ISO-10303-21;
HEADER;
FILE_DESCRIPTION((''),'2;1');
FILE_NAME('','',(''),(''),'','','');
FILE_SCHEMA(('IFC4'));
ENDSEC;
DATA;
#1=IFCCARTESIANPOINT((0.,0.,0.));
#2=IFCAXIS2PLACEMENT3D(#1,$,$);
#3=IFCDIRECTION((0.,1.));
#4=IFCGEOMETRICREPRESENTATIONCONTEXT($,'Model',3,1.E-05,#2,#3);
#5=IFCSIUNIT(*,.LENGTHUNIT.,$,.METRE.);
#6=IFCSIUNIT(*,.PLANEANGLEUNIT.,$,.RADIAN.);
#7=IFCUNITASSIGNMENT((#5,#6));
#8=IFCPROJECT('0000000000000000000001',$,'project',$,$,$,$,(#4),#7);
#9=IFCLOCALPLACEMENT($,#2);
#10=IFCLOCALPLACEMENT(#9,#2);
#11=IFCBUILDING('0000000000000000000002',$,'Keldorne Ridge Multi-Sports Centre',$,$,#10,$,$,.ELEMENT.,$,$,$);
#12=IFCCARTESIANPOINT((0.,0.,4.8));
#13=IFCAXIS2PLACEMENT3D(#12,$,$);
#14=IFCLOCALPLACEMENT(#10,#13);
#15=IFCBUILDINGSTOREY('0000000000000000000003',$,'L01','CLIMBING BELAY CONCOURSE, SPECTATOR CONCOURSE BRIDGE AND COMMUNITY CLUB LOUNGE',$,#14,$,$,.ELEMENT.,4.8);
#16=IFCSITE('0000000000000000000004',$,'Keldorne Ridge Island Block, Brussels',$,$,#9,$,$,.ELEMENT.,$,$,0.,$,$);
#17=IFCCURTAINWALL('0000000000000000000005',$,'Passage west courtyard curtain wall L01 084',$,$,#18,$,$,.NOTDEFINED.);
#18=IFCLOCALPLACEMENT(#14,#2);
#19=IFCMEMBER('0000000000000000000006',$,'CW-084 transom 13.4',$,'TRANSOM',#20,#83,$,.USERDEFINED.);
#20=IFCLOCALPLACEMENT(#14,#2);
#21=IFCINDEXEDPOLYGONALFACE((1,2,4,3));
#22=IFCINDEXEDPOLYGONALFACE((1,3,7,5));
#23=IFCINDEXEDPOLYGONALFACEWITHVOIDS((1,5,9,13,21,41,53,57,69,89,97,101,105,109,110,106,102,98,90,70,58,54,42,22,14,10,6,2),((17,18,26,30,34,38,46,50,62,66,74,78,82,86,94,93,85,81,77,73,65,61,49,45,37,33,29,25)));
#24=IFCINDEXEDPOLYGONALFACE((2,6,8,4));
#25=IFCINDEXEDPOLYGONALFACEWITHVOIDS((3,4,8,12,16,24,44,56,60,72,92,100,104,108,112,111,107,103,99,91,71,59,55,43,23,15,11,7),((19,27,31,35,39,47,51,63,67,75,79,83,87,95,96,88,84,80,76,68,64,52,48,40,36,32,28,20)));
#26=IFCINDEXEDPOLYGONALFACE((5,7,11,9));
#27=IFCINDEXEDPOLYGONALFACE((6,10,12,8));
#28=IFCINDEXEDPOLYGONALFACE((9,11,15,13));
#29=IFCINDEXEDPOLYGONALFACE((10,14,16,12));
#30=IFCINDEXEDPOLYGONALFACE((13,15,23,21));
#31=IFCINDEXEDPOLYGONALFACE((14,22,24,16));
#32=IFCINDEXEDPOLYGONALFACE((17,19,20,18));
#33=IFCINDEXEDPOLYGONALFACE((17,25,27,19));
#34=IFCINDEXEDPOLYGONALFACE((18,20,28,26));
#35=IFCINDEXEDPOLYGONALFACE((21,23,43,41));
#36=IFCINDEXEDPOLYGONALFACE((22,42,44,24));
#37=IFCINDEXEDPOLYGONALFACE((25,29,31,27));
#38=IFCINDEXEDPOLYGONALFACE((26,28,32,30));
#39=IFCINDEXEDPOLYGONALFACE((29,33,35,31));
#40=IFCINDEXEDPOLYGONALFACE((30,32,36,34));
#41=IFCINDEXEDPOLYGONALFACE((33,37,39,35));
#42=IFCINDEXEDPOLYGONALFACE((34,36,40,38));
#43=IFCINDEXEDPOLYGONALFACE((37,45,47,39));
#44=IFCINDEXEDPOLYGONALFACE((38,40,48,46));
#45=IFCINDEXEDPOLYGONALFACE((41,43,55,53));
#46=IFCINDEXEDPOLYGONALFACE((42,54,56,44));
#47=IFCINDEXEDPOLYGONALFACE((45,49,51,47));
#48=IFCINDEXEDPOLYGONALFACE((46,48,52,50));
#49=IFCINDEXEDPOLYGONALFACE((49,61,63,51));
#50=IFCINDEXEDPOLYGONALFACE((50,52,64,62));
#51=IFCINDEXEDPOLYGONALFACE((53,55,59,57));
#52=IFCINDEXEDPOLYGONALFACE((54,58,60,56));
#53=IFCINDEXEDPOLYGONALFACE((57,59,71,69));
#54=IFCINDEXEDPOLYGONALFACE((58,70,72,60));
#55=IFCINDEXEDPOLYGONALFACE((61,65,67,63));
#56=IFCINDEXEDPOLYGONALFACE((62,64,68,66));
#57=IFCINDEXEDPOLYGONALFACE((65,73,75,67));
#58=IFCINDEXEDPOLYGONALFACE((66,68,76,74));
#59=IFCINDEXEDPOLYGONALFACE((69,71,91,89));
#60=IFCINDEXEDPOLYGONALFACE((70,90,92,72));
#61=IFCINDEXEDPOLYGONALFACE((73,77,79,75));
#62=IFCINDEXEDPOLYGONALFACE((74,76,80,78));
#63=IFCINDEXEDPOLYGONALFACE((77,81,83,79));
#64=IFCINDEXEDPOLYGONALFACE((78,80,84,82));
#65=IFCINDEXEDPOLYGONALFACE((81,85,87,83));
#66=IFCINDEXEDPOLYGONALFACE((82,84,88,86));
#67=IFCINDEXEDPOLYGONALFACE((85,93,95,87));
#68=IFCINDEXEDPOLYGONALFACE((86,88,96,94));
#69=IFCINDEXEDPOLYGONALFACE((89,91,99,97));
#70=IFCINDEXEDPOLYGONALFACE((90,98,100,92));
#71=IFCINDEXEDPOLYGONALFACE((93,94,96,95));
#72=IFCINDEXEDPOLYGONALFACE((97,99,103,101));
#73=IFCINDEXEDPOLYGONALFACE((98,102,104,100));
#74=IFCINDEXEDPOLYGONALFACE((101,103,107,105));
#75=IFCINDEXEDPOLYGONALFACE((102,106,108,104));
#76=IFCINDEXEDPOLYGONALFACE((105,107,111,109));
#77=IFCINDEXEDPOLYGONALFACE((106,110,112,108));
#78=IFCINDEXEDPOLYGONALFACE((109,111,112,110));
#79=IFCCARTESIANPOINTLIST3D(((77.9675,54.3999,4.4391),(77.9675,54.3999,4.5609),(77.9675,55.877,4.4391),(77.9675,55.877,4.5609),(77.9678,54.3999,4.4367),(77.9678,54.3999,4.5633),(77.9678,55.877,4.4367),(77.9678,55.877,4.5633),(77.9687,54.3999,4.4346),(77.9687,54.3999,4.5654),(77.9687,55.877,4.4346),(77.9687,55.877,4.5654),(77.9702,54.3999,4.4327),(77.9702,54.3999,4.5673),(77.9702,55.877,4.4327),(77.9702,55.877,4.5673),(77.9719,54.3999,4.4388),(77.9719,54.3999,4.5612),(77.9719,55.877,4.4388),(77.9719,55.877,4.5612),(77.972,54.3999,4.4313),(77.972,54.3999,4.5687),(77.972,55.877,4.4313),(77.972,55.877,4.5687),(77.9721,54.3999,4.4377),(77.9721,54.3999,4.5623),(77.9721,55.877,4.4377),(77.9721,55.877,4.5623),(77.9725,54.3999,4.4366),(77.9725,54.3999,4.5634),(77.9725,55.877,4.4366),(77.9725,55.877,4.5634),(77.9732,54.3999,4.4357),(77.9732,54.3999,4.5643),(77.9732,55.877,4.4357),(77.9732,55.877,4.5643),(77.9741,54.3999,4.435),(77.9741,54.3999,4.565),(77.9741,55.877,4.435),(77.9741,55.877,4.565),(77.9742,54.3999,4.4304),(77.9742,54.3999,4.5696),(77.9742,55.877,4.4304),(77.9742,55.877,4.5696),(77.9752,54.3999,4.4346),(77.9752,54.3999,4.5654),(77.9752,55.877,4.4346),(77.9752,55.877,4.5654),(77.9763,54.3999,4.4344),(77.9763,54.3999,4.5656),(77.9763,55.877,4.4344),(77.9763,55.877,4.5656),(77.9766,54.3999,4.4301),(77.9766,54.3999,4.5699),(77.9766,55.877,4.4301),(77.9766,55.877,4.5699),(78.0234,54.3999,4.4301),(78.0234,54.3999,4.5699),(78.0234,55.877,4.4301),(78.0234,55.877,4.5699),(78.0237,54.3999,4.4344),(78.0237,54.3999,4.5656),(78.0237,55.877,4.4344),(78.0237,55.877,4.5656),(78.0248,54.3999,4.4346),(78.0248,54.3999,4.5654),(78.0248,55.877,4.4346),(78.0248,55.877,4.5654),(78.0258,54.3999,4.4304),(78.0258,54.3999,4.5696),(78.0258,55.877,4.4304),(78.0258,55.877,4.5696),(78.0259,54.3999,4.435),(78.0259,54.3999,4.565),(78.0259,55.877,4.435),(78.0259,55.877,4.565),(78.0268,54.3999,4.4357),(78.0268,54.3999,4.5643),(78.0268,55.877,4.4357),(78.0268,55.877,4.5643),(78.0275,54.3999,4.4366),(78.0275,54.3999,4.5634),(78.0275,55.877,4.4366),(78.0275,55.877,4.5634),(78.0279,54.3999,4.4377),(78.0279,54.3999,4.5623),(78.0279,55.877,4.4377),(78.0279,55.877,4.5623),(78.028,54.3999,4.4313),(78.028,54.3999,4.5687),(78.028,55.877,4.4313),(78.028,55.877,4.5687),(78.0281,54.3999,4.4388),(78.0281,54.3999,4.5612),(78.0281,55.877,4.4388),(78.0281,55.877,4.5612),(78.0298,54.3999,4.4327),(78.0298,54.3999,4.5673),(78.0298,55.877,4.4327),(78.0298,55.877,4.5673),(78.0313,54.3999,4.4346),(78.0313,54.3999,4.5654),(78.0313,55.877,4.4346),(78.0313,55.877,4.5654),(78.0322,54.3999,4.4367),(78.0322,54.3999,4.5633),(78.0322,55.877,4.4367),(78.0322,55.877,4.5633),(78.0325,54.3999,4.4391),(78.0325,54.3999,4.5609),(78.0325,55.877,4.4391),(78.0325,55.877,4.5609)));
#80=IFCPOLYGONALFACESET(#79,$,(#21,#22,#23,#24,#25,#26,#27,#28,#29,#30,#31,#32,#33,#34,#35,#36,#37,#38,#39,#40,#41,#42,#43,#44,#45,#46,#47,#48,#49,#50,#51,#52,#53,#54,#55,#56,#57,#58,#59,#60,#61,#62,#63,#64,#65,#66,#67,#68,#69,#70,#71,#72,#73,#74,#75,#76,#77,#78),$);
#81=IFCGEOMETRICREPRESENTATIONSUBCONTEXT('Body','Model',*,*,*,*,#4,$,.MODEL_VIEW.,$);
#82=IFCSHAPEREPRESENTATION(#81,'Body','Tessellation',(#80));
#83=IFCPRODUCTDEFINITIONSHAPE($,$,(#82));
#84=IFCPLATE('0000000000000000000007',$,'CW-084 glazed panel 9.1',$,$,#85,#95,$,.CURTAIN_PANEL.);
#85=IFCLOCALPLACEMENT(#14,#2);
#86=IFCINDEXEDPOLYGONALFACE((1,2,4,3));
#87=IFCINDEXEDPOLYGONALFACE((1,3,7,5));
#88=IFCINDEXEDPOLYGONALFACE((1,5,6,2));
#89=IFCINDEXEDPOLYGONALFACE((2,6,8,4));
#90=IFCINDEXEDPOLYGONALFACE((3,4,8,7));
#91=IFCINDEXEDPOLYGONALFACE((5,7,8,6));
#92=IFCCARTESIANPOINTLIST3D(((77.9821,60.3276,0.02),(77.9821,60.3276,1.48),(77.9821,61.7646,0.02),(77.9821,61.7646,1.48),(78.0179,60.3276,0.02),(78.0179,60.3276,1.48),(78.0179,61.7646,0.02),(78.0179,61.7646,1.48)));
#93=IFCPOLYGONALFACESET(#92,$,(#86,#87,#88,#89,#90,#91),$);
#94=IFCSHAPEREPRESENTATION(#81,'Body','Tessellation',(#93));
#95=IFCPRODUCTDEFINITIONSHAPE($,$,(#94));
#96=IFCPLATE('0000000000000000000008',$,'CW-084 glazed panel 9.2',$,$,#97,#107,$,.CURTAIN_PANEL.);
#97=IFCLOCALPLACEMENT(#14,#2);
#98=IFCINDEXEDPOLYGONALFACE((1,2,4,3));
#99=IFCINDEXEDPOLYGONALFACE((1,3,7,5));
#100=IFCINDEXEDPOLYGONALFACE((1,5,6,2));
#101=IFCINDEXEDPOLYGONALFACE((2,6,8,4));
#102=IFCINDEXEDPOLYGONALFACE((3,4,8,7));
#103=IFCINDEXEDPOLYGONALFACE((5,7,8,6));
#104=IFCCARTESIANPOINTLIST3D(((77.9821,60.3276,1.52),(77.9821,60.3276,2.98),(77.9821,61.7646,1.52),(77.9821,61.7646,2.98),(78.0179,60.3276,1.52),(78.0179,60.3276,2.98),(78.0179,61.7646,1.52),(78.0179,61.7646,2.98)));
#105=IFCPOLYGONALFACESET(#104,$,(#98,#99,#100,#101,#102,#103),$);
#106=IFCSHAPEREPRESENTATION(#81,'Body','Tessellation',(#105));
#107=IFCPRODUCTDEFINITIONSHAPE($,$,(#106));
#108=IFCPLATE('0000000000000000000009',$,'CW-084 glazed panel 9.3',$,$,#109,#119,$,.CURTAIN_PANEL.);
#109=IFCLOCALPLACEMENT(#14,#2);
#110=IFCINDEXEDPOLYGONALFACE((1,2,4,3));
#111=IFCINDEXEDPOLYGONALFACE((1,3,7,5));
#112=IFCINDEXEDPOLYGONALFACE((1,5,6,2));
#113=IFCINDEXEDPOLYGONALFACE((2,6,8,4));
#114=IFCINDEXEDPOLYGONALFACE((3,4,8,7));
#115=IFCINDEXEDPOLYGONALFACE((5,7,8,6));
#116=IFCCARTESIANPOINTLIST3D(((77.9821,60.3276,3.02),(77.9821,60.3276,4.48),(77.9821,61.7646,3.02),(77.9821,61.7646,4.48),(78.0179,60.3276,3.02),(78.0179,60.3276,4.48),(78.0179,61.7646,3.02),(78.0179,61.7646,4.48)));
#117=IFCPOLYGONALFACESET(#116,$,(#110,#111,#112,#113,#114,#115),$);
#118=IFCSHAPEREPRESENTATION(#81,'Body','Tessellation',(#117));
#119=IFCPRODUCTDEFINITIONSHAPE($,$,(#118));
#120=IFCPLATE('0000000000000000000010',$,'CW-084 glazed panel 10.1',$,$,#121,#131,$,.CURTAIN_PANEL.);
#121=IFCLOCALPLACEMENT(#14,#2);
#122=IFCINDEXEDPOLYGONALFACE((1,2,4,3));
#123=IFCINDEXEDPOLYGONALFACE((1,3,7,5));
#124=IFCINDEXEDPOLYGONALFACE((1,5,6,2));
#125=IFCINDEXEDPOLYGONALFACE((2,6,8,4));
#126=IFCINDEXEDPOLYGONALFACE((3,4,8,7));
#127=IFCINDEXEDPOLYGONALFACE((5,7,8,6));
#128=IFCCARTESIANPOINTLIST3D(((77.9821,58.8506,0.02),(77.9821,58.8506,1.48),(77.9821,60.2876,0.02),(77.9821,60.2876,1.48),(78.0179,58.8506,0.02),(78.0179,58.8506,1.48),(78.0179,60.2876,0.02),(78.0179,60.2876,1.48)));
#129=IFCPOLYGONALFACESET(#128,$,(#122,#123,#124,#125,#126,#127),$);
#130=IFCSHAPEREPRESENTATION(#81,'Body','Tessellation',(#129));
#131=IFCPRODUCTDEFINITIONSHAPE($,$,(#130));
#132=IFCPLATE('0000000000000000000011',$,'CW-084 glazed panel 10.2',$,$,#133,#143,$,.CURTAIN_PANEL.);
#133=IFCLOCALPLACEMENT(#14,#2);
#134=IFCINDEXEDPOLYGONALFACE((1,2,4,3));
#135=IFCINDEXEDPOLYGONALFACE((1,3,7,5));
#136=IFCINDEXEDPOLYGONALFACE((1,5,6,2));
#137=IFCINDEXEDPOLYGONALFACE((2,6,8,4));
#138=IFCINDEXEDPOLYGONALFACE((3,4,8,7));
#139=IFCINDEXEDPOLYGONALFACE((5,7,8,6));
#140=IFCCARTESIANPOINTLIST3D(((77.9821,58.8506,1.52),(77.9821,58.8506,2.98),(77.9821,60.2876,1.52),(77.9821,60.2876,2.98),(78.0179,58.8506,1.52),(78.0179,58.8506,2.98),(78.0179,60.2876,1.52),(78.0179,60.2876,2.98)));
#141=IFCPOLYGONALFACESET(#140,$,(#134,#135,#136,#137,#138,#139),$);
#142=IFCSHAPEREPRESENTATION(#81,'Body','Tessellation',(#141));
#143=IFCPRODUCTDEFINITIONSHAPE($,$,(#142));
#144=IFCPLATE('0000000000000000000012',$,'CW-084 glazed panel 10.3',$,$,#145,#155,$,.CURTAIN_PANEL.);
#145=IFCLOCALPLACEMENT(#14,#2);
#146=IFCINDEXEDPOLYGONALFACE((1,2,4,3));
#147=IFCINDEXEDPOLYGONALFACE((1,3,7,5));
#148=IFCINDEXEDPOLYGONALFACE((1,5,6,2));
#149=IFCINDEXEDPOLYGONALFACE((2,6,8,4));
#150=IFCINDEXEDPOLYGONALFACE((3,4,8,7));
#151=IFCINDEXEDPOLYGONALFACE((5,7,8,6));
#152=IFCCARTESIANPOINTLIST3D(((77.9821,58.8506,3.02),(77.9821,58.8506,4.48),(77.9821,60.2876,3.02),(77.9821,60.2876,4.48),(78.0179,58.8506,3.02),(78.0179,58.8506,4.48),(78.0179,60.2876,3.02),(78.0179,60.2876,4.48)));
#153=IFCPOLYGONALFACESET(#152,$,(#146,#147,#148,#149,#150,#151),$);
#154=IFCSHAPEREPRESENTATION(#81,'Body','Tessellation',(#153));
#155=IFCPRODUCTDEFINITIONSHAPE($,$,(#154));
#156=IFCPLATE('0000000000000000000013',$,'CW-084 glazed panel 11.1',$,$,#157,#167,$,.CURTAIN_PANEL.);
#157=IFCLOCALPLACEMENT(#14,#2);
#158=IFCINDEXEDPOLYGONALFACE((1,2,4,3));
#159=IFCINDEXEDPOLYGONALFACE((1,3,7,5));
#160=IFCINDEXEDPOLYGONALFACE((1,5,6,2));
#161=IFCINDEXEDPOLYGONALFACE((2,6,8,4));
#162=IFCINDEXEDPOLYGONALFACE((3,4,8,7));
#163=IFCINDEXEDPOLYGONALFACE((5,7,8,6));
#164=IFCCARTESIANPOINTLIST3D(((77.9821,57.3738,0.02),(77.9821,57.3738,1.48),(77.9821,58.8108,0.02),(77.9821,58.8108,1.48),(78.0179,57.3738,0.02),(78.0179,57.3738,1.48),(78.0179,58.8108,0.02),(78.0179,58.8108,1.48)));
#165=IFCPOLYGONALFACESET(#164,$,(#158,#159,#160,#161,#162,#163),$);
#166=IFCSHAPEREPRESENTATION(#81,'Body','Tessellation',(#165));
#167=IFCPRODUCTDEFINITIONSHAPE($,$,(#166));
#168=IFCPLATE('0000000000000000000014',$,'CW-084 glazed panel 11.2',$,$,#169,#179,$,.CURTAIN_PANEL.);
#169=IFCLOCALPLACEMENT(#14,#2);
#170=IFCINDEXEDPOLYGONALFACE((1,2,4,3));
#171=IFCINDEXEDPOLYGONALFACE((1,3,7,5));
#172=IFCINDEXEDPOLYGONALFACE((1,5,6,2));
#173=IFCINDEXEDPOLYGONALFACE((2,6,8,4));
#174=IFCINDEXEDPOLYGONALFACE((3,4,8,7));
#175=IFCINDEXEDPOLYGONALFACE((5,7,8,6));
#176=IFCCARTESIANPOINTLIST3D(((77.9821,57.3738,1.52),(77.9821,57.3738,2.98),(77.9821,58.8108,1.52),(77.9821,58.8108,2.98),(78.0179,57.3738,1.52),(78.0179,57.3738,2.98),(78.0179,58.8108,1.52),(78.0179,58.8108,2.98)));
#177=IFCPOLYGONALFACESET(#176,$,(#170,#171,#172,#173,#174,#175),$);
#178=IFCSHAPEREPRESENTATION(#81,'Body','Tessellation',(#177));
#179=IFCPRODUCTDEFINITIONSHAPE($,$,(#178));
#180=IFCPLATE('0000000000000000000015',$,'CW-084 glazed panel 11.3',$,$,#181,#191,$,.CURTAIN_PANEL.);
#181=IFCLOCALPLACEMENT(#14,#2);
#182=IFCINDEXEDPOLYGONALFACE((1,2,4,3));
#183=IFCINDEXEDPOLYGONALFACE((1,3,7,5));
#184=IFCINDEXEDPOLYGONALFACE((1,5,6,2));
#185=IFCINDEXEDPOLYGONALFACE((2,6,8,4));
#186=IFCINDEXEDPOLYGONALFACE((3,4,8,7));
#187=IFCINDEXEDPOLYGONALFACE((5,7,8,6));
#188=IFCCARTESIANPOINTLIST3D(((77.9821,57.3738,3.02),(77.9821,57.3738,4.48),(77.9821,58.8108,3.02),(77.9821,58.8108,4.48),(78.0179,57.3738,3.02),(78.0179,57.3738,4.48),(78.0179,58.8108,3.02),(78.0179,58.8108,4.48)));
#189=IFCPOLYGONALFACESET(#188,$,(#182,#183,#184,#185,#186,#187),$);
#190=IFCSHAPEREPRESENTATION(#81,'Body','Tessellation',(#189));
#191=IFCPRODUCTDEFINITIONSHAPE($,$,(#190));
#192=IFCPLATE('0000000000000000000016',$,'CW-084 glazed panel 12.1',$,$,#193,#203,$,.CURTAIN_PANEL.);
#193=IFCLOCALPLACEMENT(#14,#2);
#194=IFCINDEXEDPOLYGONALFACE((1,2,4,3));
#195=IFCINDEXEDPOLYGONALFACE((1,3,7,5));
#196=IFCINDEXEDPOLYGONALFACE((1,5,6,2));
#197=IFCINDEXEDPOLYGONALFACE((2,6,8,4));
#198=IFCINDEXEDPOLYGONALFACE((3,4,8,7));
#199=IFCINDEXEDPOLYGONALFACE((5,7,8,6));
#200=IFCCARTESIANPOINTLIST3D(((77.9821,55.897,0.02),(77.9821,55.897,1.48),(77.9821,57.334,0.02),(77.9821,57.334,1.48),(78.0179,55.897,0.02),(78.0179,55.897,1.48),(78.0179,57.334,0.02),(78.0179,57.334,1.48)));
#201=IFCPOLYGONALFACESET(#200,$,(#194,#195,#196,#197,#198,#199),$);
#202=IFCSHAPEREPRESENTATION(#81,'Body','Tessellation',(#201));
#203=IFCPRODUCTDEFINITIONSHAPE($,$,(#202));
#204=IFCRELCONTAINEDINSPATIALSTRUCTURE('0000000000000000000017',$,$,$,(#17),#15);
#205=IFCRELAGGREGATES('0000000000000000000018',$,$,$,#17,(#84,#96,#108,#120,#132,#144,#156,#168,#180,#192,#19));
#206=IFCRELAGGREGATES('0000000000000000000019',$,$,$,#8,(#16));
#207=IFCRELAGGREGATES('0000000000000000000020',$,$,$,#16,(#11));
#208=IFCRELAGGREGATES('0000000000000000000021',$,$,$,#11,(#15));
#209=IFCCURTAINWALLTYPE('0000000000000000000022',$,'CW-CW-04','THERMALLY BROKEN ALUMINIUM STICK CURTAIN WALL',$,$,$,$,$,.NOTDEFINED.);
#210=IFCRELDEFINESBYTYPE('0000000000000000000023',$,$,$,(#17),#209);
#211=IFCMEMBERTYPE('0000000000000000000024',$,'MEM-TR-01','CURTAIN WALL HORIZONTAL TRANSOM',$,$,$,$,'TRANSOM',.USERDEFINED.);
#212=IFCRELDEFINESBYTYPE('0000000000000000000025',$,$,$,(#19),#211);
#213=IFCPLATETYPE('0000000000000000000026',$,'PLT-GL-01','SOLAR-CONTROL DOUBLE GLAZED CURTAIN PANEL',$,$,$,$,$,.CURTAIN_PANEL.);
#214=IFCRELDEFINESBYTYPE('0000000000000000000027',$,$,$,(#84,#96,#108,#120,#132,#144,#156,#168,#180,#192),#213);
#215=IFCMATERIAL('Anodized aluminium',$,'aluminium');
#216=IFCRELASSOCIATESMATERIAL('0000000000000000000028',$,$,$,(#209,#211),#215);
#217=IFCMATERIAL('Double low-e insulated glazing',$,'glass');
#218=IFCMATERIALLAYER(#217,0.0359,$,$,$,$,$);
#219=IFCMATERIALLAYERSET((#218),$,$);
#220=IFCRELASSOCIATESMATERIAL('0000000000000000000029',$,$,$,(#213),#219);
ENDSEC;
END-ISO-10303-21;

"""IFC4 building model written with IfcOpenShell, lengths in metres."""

from ifc_helpers import new_model, si_unit, direction, frame, origin, origin_2d, place, context, subcontext, project, spatial, rectangle, hollow_rectangle, extrude, material, layer, layer_set, material_profile, profile_set, type_object, element, aggregate, save


model = new_model("IFC4")

# Units and contexts
model_context = context("Model", 3, precision=1e-05, world=origin(), true_north=direction((0.0, 1.0)))
body_context = subcontext(model_context, "Body", "Model", "MODEL_VIEW")
ifc_project = project(units=[si_unit("LENGTHUNIT", "METRE"), si_unit("PLANEANGLEUNIT", "RADIAN")], contexts=[model_context])

# Site, building, storey
site_placement = place(None, origin())
site = spatial("IfcSite", under=ifc_project, at=site_placement, Name="Keldorne Ridge Island Block, Brussels", CompositionType="ELEMENT", RefElevation=0.0)
building_placement = place(site_placement, origin())
building = spatial("IfcBuilding", under=site, at=building_placement, Name="Keldorne Ridge Multi-Sports Centre", CompositionType="ELEMENT")
storey_placement = place(building_placement, frame((0.0, 0.0, 4.8)))
storey = spatial("IfcBuildingStorey", under=building, at=storey_placement, Name="L01", Description="CLIMBING BELAY CONCOURSE, SPECTATOR CONCOURSE BRIDGE AND COMMUNITY CLUB LOUNGE", CompositionType="ELEMENT", Elevation=4.8)

# Curtain wall, member, plates
ifc_material_1 = material(Name="Anodized aluminium", Category="aluminium")
curtain_wall_type = type_object("IfcCurtainWallType", Name="CW-CW-04", Description="THERMALLY BROKEN ALUMINIUM STICK CURTAIN WALL", PredefinedType="NOTDEFINED", material=ifc_material_1)
curtain_wall_placement = place(storey_placement, origin())
curtain_wall = element("IfcCurtainWall", 1, at=curtain_wall_placement, inside=storey, type_object=curtain_wall_type, Name="Passage west courtyard curtain wall L01 084", PredefinedType="NOTDEFINED")
ifc_material_profile_1 = material_profile(ifc_material_1, hollow_rectangle(XDim=0.0649, YDim=0.1399, WallThickness=0.0044, InnerFilletRadius=0.0044, OuterFilletRadius=0.009, at=origin_2d()), Name="ALU TRANSOM 140x65x4.5")
ifc_profile_set_1 = profile_set([ifc_material_profile_1], Name="Anodized aluminium")
member_type_1 = type_object("IfcMemberType", Name="MEM-TR-01", Description="CURTAIN WALL HORIZONTAL TRANSOM", ElementType="TRANSOM", PredefinedType="USERDEFINED", material=ifc_profile_set_1)
member_1_placement = place(storey_placement, frame((78.0, 55.877, 4.5), z_axis=(0.0, -1.0, 0.0), x_axis=(1.0, 0.0, 0.0)))
member_1 = element("IfcMember", 2, at=member_1_placement, type_object=member_type_1, Name="CW-084 transom 13.4", ObjectType="TRANSOM", PredefinedType="USERDEFINED", context=body_context, shape_type="SweptSolid", body=[
    extrude(hollow_rectangle(XDim=0.0649, YDim=0.1399, WallThickness=0.0044, InnerFilletRadius=0.0044, OuterFilletRadius=0.009, at=origin_2d()), origin(), (0.0, 0.0, 1.0), 1.4771),
])
ifc_material_2 = material(Name="Double low-e insulated glazing", Category="glass")
ifc_layer = layer(ifc_material_2, 0.0359)
ifc_layer_set = layer_set([ifc_layer])
plate_type = type_object("IfcPlateType", Name="PLT-GL-01", Description="SOLAR-CONTROL DOUBLE GLAZED CURTAIN PANEL", PredefinedType="CURTAIN_PANEL", material=ifc_layer_set)
plate_1_placement = place(storey_placement, frame((78.0, 61.0461, 0.02), z_axis=(0.0, 0.0, 1.0), x_axis=(0.0, -1.0, 0.0)))
plate_1 = element("IfcPlate", 3, at=plate_1_placement, type_object=plate_type, Name="CW-084 glazed panel 9.1", PredefinedType="CURTAIN_PANEL", context=body_context, shape_type="SweptSolid", body=[
    extrude(rectangle(XDim=1.437, YDim=0.0359, at=origin_2d()), origin(), (0.0, 0.0, 1.0), 1.46),
])
plate_2_placement = place(storey_placement, frame((78.0, 61.0461, 1.52), z_axis=(0.0, 0.0, 1.0), x_axis=(0.0, -1.0, 0.0)))
plate_2 = element("IfcPlate", 4, at=plate_2_placement, type_object=plate_type, Name="CW-084 glazed panel 9.2", PredefinedType="CURTAIN_PANEL", context=body_context, shape_type="SweptSolid", body=[
    extrude(rectangle(XDim=1.437, YDim=0.0359, at=origin_2d()), origin(), (0.0, 0.0, 1.0), 1.46),
])
plate_3_placement = place(storey_placement, frame((78.0, 61.0461, 3.02), z_axis=(0.0, 0.0, 1.0), x_axis=(0.0, -1.0, 0.0)))
plate_3 = element("IfcPlate", 5, at=plate_3_placement, type_object=plate_type, Name="CW-084 glazed panel 9.3", PredefinedType="CURTAIN_PANEL", context=body_context, shape_type="SweptSolid", body=[
    extrude(rectangle(XDim=1.437, YDim=0.0359, at=origin_2d()), origin(), (0.0, 0.0, 1.0), 1.46),
])
plate_4_placement = place(storey_placement, frame((78.0, 59.5691, 0.02), z_axis=(0.0, 0.0, 1.0), x_axis=(0.0, -1.0, 0.0)))
plate_4 = element("IfcPlate", 6, at=plate_4_placement, type_object=plate_type, Name="CW-084 glazed panel 10.1", PredefinedType="CURTAIN_PANEL", context=body_context, shape_type="SweptSolid", body=[
    extrude(rectangle(XDim=1.437, YDim=0.0359, at=origin_2d()), origin(), (0.0, 0.0, 1.0), 1.46),
])
plate_5_placement = place(storey_placement, frame((78.0, 59.5691, 1.52), z_axis=(0.0, 0.0, 1.0), x_axis=(0.0, -1.0, 0.0)))
plate_5 = element("IfcPlate", 7, at=plate_5_placement, type_object=plate_type, Name="CW-084 glazed panel 10.2", PredefinedType="CURTAIN_PANEL", context=body_context, shape_type="SweptSolid", body=[
    extrude(rectangle(XDim=1.437, YDim=0.0359, at=origin_2d()), origin(), (0.0, 0.0, 1.0), 1.46),
])
plate_6_placement = place(storey_placement, frame((78.0, 59.5691, 3.02), z_axis=(0.0, 0.0, 1.0), x_axis=(0.0, -1.0, 0.0)))
plate_6 = element("IfcPlate", 8, at=plate_6_placement, type_object=plate_type, Name="CW-084 glazed panel 10.3", PredefinedType="CURTAIN_PANEL", context=body_context, shape_type="SweptSolid", body=[
    extrude(rectangle(XDim=1.437, YDim=0.0359, at=origin_2d()), origin(), (0.0, 0.0, 1.0), 1.46),
])
plate_7_placement = place(storey_placement, frame((78.0, 58.0923, 0.02), z_axis=(0.0, 0.0, 1.0), x_axis=(0.0, -1.0, 0.0)))
plate_7 = element("IfcPlate", 9, at=plate_7_placement, type_object=plate_type, Name="CW-084 glazed panel 11.1", PredefinedType="CURTAIN_PANEL", context=body_context, shape_type="SweptSolid", body=[
    extrude(rectangle(XDim=1.437, YDim=0.0359, at=origin_2d()), origin(), (0.0, 0.0, 1.0), 1.46),
])
plate_8_placement = place(storey_placement, frame((78.0, 58.0923, 1.52), z_axis=(0.0, 0.0, 1.0), x_axis=(0.0, -1.0, 0.0)))
plate_8 = element("IfcPlate", 10, at=plate_8_placement, type_object=plate_type, Name="CW-084 glazed panel 11.2", PredefinedType="CURTAIN_PANEL", context=body_context, shape_type="SweptSolid", body=[
    extrude(rectangle(XDim=1.437, YDim=0.0359, at=origin_2d()), origin(), (0.0, 0.0, 1.0), 1.46),
])
plate_9_placement = place(storey_placement, frame((78.0, 58.0923, 3.02), z_axis=(0.0, 0.0, 1.0), x_axis=(0.0, -1.0, 0.0)))
plate_9 = element("IfcPlate", 11, at=plate_9_placement, type_object=plate_type, Name="CW-084 glazed panel 11.3", PredefinedType="CURTAIN_PANEL", context=body_context, shape_type="SweptSolid", body=[
    extrude(rectangle(XDim=1.437, YDim=0.0359, at=origin_2d()), origin(), (0.0, 0.0, 1.0), 1.46),
])
plate_10_placement = place(storey_placement, frame((78.0, 56.6155, 0.02), z_axis=(0.0, 0.0, 1.0), x_axis=(0.0, -1.0, 0.0)))
plate_10 = element("IfcPlate", 12, at=plate_10_placement, type_object=plate_type, Name="CW-084 glazed panel 12.1", PredefinedType="CURTAIN_PANEL", context=body_context, shape_type="SweptSolid", body=[
    extrude(rectangle(XDim=1.437, YDim=0.0359, at=origin_2d()), origin(), (0.0, 0.0, 1.0), 1.46),
])
aggregate(curtain_wall, [plate_1, plate_2, plate_3, plate_4, plate_5, plate_6, plate_7, plate_8, plate_9, plate_10, member_1])

save(model, "model.ifc")
